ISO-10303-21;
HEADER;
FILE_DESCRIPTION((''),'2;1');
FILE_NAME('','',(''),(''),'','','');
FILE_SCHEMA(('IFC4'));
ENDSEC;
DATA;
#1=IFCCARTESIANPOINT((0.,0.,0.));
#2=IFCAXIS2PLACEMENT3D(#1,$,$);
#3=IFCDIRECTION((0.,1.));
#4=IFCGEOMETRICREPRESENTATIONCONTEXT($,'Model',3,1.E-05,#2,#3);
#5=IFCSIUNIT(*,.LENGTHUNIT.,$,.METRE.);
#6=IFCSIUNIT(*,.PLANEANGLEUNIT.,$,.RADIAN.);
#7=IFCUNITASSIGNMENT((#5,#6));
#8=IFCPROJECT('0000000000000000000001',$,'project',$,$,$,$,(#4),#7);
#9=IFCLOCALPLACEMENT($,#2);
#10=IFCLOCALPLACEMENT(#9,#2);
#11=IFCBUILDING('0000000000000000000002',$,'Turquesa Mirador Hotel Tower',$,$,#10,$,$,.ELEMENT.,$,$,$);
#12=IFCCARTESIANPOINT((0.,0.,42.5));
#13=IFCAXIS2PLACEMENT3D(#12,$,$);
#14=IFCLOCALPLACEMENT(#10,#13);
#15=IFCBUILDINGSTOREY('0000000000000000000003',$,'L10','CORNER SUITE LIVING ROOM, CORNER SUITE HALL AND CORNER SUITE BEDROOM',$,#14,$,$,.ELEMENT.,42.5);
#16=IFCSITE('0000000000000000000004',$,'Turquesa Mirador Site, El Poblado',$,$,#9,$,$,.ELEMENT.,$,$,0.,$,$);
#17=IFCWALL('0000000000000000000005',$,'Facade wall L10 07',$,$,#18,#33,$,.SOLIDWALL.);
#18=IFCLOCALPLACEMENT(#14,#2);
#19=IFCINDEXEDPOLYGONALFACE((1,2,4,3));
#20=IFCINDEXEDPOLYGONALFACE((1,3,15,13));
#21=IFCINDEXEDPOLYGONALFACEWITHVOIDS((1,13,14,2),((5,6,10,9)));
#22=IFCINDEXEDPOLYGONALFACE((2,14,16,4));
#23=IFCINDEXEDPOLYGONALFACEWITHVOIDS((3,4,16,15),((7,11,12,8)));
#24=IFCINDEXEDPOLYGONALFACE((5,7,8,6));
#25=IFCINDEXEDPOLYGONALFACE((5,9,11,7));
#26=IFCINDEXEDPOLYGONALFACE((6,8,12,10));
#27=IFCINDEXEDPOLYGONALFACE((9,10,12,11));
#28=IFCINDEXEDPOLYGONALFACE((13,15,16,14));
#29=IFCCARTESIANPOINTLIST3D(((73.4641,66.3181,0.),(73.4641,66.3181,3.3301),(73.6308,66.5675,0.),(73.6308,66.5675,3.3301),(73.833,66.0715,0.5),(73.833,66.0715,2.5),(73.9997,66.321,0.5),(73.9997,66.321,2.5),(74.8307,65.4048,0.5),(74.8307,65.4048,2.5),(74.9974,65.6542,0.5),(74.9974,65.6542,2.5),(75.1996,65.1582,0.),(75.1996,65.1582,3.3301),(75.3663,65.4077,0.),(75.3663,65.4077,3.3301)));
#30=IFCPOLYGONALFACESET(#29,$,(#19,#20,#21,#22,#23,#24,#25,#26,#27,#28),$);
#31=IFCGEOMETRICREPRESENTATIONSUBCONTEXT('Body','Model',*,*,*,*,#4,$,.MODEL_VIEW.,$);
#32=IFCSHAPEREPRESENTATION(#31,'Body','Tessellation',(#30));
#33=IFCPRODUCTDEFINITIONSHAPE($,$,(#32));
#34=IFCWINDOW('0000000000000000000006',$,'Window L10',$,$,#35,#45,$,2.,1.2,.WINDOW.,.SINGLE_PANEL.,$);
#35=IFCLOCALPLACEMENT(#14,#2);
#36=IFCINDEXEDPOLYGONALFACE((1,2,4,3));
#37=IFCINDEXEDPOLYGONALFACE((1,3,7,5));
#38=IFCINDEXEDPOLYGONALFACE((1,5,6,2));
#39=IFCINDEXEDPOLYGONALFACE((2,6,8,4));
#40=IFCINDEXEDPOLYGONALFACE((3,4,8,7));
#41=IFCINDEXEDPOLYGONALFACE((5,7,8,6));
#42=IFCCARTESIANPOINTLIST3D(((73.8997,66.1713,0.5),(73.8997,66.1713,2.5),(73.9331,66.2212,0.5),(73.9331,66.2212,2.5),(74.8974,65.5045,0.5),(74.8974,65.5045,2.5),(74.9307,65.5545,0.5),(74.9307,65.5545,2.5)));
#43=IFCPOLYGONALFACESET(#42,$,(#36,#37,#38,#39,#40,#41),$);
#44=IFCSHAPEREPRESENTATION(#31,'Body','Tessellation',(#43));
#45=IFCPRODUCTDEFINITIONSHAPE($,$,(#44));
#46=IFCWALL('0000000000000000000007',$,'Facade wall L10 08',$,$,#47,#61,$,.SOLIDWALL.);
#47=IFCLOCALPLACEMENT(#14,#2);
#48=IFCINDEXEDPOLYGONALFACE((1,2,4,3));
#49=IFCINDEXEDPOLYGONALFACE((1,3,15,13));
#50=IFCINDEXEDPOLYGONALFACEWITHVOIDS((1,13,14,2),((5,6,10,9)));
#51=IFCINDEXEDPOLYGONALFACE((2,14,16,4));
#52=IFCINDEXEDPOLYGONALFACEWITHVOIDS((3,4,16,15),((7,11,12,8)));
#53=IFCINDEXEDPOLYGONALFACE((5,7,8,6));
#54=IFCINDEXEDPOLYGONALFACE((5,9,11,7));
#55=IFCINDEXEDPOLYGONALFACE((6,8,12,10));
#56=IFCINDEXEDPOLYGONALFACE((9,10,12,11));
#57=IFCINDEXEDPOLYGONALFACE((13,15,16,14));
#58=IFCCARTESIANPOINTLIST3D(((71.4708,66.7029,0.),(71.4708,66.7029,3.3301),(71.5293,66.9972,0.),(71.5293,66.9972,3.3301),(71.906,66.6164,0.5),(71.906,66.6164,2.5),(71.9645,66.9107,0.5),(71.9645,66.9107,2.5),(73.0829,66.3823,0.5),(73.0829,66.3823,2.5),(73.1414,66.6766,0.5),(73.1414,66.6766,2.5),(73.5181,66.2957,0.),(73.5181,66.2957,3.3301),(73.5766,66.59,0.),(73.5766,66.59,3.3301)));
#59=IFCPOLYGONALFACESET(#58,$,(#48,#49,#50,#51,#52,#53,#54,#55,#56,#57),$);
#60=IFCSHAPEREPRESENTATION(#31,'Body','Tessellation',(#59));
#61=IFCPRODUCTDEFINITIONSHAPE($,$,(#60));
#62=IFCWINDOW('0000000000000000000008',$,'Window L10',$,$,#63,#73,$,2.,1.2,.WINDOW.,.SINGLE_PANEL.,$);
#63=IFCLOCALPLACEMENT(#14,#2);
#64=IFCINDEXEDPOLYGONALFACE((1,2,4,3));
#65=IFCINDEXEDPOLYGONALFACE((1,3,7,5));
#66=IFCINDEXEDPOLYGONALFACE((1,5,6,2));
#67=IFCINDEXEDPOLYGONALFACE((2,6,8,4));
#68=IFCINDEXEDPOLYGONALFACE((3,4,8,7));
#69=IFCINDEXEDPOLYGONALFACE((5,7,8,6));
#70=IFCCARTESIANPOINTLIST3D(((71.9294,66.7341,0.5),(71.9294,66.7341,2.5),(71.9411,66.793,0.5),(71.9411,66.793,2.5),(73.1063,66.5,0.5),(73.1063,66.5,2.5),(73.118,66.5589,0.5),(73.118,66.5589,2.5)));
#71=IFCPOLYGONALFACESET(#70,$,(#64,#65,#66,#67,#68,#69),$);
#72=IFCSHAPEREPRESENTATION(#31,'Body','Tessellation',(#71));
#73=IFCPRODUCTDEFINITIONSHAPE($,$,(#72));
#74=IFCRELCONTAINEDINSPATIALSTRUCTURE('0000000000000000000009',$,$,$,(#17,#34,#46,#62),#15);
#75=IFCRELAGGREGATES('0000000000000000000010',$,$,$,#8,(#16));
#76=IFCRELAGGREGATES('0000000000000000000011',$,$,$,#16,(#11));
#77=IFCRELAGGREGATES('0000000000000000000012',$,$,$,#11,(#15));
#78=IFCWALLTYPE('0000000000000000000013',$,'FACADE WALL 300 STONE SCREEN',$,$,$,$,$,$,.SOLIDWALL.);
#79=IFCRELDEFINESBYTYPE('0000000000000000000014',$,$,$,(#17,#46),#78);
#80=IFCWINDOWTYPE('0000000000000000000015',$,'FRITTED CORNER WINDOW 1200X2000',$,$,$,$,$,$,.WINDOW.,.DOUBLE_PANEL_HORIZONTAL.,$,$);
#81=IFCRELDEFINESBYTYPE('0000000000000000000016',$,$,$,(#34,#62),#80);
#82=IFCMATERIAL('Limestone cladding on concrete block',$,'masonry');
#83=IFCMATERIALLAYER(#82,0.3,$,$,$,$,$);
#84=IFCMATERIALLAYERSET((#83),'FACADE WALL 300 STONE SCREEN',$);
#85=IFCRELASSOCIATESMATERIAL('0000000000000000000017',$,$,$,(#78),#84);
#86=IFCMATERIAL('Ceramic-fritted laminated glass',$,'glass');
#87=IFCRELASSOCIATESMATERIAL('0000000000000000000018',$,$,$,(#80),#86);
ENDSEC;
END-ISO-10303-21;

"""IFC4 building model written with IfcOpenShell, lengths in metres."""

from ifc_helpers import new_model, si_unit, direction, frame, frame_2d, origin, place, context, subcontext, project, spatial, rectangle, extrude, material, layer, layer_set, type_object, element, fill, save


model = new_model("IFC4")

# Units and contexts
model_context = context("Model", 3, precision=1e-05, world=origin(), true_north=direction((0.0, 1.0)))
body_context = subcontext(model_context, "Body", "Model", "MODEL_VIEW")
ifc_project = project(units=[si_unit("LENGTHUNIT", "METRE"), si_unit("PLANEANGLEUNIT", "RADIAN")], contexts=[model_context])

# Site, building, storey
site_placement = place(None, origin())
site = spatial("IfcSite", under=ifc_project, at=site_placement, Name="Turquesa Mirador Site, El Poblado", CompositionType="ELEMENT", RefElevation=0.0)
building_placement = place(site_placement, origin())
building = spatial("IfcBuilding", under=site, at=building_placement, Name="Turquesa Mirador Hotel Tower", CompositionType="ELEMENT")
storey_placement = place(building_placement, frame((0.0, 0.0, 42.5)))
storey = spatial("IfcBuildingStorey", under=building, at=storey_placement, Name="L10", Description="CORNER SUITE LIVING ROOM, CORNER SUITE HALL AND CORNER SUITE BEDROOM", CompositionType="ELEMENT", Elevation=42.5)

# Walls, openings, windows
ifc_material_1 = material(Name="Limestone cladding on concrete block", Category="masonry")
ifc_layer = layer(ifc_material_1, 0.3)
ifc_layer_set = layer_set([ifc_layer], Name="FACADE WALL 300 STONE SCREEN")
wall_type = type_object("IfcWallType", Name="FACADE WALL 300 STONE SCREEN", PredefinedType="SOLIDWALL", material=ifc_layer_set)
ifc_material_2 = material(Name="Ceramic-fritted laminated glass", Category="glass")
window_type = type_object("IfcWindowType", Name="FRITTED CORNER WINDOW 1200X2000", PartitioningType="DOUBLE_PANEL_HORIZONTAL", PredefinedType="WINDOW", material=ifc_material_2)
wall_1_placement = place(storey_placement, frame((75.283, 65.283, 0.0), z_axis=(0.0, 0.0, 1.0), x_axis=(-0.83142, 0.555644, 0.0)))
wall_1 = element("IfcWall", 1, at=wall_1_placement, inside=storey, type_object=wall_type, Name="Facade wall L10 07", PredefinedType="SOLIDWALL", context=body_context, shape_type="SweptSolid", body=[
    extrude(rectangle(XDim=2.0874, YDim=0.3, at=frame_2d((1.0437, 0.0))), origin(), (0.0, 0.0, 1.0), 3.3301),
])
opening_1_placement = place(wall_1_placement, frame((0.4436, 0.0, 0.5)))
opening_1 = element("IfcOpeningElement", 2, at=opening_1_placement, cuts=wall_1, PredefinedType="OPENING", context=body_context, shape_type="SweptSolid", body=[
    extrude(rectangle(XDim=1.2, YDim=2.0, at=frame_2d((0.6001, 1.0))), frame((0.0, 0.1599, 0.0), z_axis=(0.0, -1.0, 0.0), x_axis=(1.0, 0.0, 0.0)), (0.0, 0.0, 1.0), 0.3201),
])
window_1_placement = place(opening_1_placement, origin())
window_1 = element("IfcWindow", 3, at=window_1_placement, inside=storey, type_object=window_type, Name="Window L10", OverallHeight=2.0, OverallWidth=1.2, PartitioningType="SINGLE_PANEL", PredefinedType="WINDOW", context=body_context, shape_type="SweptSolid", body=[
    extrude(rectangle(XDim=1.2, YDim=2.0, at=frame_2d((0.6001, 1.0))), frame((0.0, 0.03, 0.0), z_axis=(0.0, -1.0, 0.0), x_axis=(1.0, 0.0, 0.0)), (0.0, 0.0, 1.0), 0.0601),
])
fill(opening_1, window_1)
wall_2_placement = place(storey_placement, frame((73.5474, 66.4429, 0.0), z_axis=(0.0, 0.0, 1.0), x_axis=(-0.980787, 0.195081, 0.0)))
wall_2 = element("IfcWall", 4, at=wall_2_placement, inside=storey, type_object=wall_type, Name="Facade wall L10 08", PredefinedType="SOLIDWALL", context=body_context, shape_type="SweptSolid", body=[
    extrude(rectangle(XDim=2.0874, YDim=0.3, at=frame_2d((1.0437, 0.0))), origin(), (0.0, 0.0, 1.0), 3.3301),
])
opening_2_placement = place(wall_2_placement, frame((0.4436, 0.0, 0.5)))
opening_2 = element("IfcOpeningElement", 5, at=opening_2_placement, cuts=wall_2, PredefinedType="OPENING", context=body_context, shape_type="SweptSolid", body=[
    extrude(rectangle(XDim=1.2, YDim=2.0, at=frame_2d((0.6001, 1.0))), frame((0.0, 0.1599, 0.0), z_axis=(0.0, -1.0, 0.0), x_axis=(1.0, 0.0, 0.0)), (0.0, 0.0, 1.0), 0.3201),
])
window_2_placement = place(opening_2_placement, origin())
window_2 = element("IfcWindow", 6, at=window_2_placement, inside=storey, type_object=window_type, Name="Window L10", OverallHeight=2.0, OverallWidth=1.2, PartitioningType="SINGLE_PANEL", PredefinedType="WINDOW", context=body_context, shape_type="SweptSolid", body=[
    extrude(rectangle(XDim=1.2, YDim=2.0, at=frame_2d((0.6001, 1.0))), frame((0.0, 0.03, 0.0), z_axis=(0.0, -1.0, 0.0), x_axis=(1.0, 0.0, 0.0)), (0.0, 0.0, 1.0), 0.0601),
])
fill(opening_2, window_2)

save(model, "model.ifc")
